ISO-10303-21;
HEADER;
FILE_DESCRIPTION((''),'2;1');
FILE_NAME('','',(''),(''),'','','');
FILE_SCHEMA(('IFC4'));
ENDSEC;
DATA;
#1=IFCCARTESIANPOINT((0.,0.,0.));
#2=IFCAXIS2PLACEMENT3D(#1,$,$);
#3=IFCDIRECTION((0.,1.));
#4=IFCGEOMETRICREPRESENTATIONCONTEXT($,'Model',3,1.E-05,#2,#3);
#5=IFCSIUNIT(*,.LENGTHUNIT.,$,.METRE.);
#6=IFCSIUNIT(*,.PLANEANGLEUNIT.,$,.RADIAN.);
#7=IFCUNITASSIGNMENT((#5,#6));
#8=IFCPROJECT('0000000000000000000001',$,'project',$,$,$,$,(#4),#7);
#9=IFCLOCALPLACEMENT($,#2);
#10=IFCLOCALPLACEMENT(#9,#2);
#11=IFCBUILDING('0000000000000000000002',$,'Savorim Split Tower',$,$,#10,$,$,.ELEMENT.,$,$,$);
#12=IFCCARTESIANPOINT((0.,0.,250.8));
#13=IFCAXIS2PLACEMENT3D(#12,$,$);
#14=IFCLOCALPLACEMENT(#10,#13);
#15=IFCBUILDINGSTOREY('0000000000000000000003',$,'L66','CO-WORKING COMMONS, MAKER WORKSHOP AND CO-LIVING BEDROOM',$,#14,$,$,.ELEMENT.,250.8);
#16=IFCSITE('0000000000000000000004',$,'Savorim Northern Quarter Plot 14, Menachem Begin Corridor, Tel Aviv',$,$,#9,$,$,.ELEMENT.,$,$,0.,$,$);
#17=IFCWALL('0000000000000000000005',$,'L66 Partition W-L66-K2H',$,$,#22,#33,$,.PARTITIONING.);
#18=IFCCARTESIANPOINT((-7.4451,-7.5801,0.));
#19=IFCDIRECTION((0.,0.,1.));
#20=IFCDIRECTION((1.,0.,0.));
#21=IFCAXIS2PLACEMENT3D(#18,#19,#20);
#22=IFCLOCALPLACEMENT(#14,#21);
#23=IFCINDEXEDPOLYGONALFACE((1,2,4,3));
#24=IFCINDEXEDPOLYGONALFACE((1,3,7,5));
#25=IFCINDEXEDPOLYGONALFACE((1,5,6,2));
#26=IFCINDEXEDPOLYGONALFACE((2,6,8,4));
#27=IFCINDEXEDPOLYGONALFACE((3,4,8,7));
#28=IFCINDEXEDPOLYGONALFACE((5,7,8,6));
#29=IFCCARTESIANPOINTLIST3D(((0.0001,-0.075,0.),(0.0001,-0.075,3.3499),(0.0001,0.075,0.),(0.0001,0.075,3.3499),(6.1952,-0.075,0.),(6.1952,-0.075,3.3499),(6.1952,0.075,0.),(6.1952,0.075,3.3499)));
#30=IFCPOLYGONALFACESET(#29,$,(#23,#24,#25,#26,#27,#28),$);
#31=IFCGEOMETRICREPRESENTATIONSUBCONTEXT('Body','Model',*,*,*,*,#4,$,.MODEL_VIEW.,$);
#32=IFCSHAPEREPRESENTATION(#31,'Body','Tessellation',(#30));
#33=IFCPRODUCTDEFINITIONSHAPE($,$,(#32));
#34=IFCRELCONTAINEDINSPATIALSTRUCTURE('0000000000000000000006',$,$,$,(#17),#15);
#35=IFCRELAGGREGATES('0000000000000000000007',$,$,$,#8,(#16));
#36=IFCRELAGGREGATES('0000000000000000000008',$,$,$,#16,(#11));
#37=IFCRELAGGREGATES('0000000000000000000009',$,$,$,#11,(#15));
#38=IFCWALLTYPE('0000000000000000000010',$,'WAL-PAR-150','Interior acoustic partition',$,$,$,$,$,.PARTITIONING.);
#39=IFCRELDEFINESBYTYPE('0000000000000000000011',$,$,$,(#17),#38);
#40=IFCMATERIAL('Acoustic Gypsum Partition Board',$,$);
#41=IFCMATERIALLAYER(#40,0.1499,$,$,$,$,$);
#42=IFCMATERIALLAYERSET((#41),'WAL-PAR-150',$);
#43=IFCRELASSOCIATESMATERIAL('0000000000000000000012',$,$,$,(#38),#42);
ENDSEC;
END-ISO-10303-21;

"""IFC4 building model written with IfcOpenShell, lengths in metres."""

from ifc_helpers import new_model, si_unit, direction, frame, frame_2d, origin, place, context, subcontext, project, spatial, rectangle, extrude, material, layer, layer_set, type_object, element, save


model = new_model("IFC4")

# Units and contexts
model_context = context("Model", 3, precision=1e-05, world=origin(), true_north=direction((0.0, 1.0)))
body_context = subcontext(model_context, "Body", "Model", "MODEL_VIEW")
ifc_project = project(units=[si_unit("LENGTHUNIT", "METRE"), si_unit("PLANEANGLEUNIT", "RADIAN")], contexts=[model_context])

# Site, building, storey
site_placement = place(None, origin())
site = spatial("IfcSite", under=ifc_project, at=site_placement, Name="Savorim Northern Quarter Plot 14, Menachem Begin Corridor, Tel Aviv", CompositionType="ELEMENT", RefElevation=0.0)
building_placement = place(site_placement, origin())
building = spatial("IfcBuilding", under=site, at=building_placement, Name="Savorim Split Tower", CompositionType="ELEMENT")
storey_placement = place(building_placement, frame((0.0, 0.0, 250.8)))
storey = spatial("IfcBuildingStorey", under=building, at=storey_placement, Name="L66", Description="CO-WORKING COMMONS, MAKER WORKSHOP AND CO-LIVING BEDROOM", CompositionType="ELEMENT", Elevation=250.8)

# Shared definitions
ifc_material_1 = material(Name="Acoustic Gypsum Partition Board")
ifc_layer_1 = layer(ifc_material_1, 0.1499)
ifc_layer_set_1 = layer_set([ifc_layer_1], Name="WAL-PAR-150")
wall_type_1 = type_object("IfcWallType", Name="WAL-PAR-150", Description="Interior acoustic partition", PredefinedType="PARTITIONING", material=ifc_layer_set_1)

# Wall
wall_1_placement = place(storey_placement, frame((-7.4451, -7.5801, 0.0), z_axis=(0.0, 0.0, 1.0), x_axis=(1.0, 0.0, 0.0)))
element("IfcWall", 1, at=wall_1_placement, inside=storey, type_object=wall_type_1, Name="L66 Partition W-L66-K2H", PredefinedType="PARTITIONING", context=body_context, shape_type="SweptSolid", body=[
    extrude(rectangle(XDim=6.1951, YDim=0.1499, at=frame_2d((3.0977, 0.0))), origin(), (0.0, 0.0, 1.0), 3.3499),
])

save(model, "model.ifc")
